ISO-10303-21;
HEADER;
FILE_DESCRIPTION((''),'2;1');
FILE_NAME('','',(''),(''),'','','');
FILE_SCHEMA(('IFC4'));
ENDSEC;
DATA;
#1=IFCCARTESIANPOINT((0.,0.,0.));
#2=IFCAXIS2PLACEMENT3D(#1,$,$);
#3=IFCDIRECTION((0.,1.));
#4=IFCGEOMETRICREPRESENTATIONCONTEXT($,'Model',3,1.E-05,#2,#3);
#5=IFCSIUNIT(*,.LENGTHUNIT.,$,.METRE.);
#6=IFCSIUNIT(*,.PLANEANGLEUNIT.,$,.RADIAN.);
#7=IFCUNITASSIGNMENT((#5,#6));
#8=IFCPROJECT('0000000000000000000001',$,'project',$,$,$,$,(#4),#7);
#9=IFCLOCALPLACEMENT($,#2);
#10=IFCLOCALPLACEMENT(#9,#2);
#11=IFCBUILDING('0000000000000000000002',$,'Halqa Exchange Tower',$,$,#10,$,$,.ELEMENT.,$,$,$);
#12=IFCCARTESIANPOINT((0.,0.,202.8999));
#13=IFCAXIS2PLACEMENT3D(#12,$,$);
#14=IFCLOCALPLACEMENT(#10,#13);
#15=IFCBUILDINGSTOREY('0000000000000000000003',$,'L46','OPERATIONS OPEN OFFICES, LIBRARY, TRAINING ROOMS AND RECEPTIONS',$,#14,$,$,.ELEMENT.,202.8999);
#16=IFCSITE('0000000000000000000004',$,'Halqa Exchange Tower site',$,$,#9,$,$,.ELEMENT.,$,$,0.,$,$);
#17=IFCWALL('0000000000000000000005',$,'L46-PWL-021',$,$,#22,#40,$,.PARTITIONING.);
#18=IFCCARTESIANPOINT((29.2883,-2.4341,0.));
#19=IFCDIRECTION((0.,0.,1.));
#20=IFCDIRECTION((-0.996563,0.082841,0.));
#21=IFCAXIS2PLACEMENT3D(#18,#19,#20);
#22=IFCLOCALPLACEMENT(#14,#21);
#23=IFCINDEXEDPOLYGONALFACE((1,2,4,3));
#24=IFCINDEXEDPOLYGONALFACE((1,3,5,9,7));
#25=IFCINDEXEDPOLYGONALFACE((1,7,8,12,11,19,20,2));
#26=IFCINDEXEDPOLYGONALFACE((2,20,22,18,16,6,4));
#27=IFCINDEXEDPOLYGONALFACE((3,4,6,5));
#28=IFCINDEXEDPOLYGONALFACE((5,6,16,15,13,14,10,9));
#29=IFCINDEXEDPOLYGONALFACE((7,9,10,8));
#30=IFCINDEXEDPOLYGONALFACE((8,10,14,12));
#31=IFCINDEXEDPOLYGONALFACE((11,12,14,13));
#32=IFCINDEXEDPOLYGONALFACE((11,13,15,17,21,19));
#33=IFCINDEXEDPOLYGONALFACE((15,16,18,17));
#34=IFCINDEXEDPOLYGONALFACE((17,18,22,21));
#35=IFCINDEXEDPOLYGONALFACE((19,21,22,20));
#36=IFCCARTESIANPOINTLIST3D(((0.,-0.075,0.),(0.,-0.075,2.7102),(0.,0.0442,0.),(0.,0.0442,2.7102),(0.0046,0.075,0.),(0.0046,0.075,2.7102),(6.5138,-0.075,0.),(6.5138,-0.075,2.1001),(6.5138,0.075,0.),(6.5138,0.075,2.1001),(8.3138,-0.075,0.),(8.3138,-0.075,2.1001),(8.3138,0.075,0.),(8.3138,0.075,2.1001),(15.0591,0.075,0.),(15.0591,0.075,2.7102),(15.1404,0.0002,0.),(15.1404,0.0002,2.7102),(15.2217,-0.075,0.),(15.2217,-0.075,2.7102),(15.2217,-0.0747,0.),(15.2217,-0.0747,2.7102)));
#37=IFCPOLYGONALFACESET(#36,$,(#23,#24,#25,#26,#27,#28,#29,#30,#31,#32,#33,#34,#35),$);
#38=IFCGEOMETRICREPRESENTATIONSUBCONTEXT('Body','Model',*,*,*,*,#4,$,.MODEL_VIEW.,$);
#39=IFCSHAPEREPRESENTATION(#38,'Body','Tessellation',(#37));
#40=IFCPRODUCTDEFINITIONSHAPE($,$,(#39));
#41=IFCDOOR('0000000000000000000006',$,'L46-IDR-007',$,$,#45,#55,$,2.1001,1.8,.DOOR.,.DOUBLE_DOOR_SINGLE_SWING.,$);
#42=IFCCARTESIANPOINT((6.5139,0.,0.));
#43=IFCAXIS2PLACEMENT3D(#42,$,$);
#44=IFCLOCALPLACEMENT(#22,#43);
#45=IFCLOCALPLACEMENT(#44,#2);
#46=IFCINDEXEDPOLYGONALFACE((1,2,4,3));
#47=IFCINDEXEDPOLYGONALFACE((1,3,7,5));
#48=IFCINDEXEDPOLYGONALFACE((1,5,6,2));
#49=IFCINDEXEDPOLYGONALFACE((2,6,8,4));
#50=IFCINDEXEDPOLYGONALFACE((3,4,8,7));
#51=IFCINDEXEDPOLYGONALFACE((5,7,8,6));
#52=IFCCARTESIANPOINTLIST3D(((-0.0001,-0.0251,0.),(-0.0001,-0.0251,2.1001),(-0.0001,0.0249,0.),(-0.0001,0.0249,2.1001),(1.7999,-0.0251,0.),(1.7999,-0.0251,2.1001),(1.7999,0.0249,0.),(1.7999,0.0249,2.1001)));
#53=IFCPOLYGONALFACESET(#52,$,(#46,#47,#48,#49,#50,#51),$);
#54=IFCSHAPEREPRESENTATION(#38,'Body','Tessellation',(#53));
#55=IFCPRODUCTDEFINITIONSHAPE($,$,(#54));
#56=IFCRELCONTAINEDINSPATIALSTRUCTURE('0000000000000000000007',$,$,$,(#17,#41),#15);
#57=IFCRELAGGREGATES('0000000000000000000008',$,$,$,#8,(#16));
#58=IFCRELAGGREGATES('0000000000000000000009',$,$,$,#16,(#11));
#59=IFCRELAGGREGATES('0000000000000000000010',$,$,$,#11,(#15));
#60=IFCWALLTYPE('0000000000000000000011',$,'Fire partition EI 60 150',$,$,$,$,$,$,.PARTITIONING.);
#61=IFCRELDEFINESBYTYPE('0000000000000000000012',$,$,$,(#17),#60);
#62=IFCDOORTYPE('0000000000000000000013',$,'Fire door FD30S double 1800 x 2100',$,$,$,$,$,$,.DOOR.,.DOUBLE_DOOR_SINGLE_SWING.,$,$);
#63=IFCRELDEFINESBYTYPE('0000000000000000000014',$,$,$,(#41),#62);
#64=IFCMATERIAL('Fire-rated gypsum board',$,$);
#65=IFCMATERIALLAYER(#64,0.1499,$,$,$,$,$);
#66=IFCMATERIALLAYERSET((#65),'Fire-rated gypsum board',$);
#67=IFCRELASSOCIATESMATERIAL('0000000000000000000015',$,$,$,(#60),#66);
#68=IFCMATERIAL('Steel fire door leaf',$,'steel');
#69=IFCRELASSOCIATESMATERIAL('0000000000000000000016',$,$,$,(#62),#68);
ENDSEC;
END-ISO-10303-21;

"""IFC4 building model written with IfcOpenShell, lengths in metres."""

from ifc_helpers import new_model, si_unit, direction, frame, frame_2d, origin, place, context, subcontext, project, spatial, polyline, rectangle, outline, extrude, material, layer, layer_set, type_object, element, fill, save


model = new_model("IFC4")

# Units and contexts
model_context = context("Model", 3, precision=1e-05, world=origin(), true_north=direction((0.0, 1.0)))
body_context = subcontext(model_context, "Body", "Model", "MODEL_VIEW")
ifc_project = project(units=[si_unit("LENGTHUNIT", "METRE"), si_unit("PLANEANGLEUNIT", "RADIAN")], contexts=[model_context])

# Site, building, storey
site_placement = place(None, origin())
site = spatial("IfcSite", under=ifc_project, at=site_placement, Name="Halqa Exchange Tower site", CompositionType="ELEMENT", RefElevation=0.0)
building_placement = place(site_placement, origin())
building = spatial("IfcBuilding", under=site, at=building_placement, Name="Halqa Exchange Tower", CompositionType="ELEMENT")
storey_placement = place(building_placement, frame((0.0, 0.0, 202.8999)))
storey = spatial("IfcBuildingStorey", under=building, at=storey_placement, Name="L46", Description="OPERATIONS OPEN OFFICES, LIBRARY, TRAINING ROOMS AND RECEPTIONS", CompositionType="ELEMENT", Elevation=202.8999)

# Shared definitions
ifc_material_1 = material(Name="Fire-rated gypsum board")
ifc_layer_1 = layer(ifc_material_1, 0.1499)
ifc_layer_set_1 = layer_set([ifc_layer_1], Name="Fire-rated gypsum board")
wall_type_1 = type_object("IfcWallType", Name="Fire partition EI 60 150", PredefinedType="PARTITIONING", material=ifc_layer_set_1)

# Wall, opening, door
wall_1_placement = place(storey_placement, frame((29.2883, -2.4341, 0.0), z_axis=(0.0, 0.0, 1.0), x_axis=(-0.996563, 0.082841, 0.0)))
wall_1 = element("IfcWall", 1, at=wall_1_placement, inside=storey, type_object=wall_type_1, Name="L46-PWL-021", PredefinedType="PARTITIONING", context=body_context, shape_type="SweptSolid", body=[
    extrude(outline(polyline([(15.2217, -0.075), (15.2217, -0.0747), (15.1404, 0.0002), (15.0591, 0.075), (13.1772, 0.075), (11.2954, 0.075), (9.4136, 0.075), (7.5317, 0.075), (5.6501, 0.075), (3.7683, 0.075), (1.8865, 0.075), (0.0046, 0.075), (0.0, 0.0442), (0.0, -0.075), (1.9028, -0.075), (3.8054, -0.075), (5.708, -0.075), (7.6108, -0.075), (9.5137, -0.075), (11.4163, -0.075), (13.3188, -0.075), (15.2217, -0.075)])), origin(), (0.0, 0.0, 1.0), 2.7102),
])
opening_1_placement = place(wall_1_placement, frame((6.5139, 0.0, 0.0)))
opening_1 = element("IfcOpeningElement", 2, at=opening_1_placement, cuts=wall_1, PredefinedType="OPENING", context=body_context, shape_type="SweptSolid", body=[
    extrude(rectangle(XDim=1.8, YDim=2.1001, at=frame_2d((0.8999, 1.05))), frame((0.0, 0.0869, 0.0), z_axis=(0.0, -1.0, 0.0), x_axis=(1.0, 0.0, 0.0)), (0.0, 0.0, 1.0), 0.1738),
])
ifc_material_2 = material(Name="Steel fire door leaf", Category="steel")
door_type_1 = type_object("IfcDoorType", Name="Fire door FD30S double 1800 x 2100", OperationType="DOUBLE_DOOR_SINGLE_SWING", PredefinedType="DOOR", material=ifc_material_2)
door_1_placement = place(opening_1_placement, origin())
door_1 = element("IfcDoor", 3, at=door_1_placement, inside=storey, type_object=door_type_1, Name="L46-IDR-007", OperationType="DOUBLE_DOOR_SINGLE_SWING", OverallHeight=2.1001, OverallWidth=1.8, PredefinedType="DOOR", context=body_context, shape_type="SweptSolid", body=[
    extrude(rectangle(XDim=1.8, YDim=2.1001, at=frame_2d((0.8999, 1.05))), frame((0.0, 0.0249, 0.0), z_axis=(0.0, -1.0, 0.0), x_axis=(1.0, 0.0, 0.0)), (0.0, 0.0, 1.0), 0.05),
])
fill(opening_1, door_1)

save(model, "model.ifc")
